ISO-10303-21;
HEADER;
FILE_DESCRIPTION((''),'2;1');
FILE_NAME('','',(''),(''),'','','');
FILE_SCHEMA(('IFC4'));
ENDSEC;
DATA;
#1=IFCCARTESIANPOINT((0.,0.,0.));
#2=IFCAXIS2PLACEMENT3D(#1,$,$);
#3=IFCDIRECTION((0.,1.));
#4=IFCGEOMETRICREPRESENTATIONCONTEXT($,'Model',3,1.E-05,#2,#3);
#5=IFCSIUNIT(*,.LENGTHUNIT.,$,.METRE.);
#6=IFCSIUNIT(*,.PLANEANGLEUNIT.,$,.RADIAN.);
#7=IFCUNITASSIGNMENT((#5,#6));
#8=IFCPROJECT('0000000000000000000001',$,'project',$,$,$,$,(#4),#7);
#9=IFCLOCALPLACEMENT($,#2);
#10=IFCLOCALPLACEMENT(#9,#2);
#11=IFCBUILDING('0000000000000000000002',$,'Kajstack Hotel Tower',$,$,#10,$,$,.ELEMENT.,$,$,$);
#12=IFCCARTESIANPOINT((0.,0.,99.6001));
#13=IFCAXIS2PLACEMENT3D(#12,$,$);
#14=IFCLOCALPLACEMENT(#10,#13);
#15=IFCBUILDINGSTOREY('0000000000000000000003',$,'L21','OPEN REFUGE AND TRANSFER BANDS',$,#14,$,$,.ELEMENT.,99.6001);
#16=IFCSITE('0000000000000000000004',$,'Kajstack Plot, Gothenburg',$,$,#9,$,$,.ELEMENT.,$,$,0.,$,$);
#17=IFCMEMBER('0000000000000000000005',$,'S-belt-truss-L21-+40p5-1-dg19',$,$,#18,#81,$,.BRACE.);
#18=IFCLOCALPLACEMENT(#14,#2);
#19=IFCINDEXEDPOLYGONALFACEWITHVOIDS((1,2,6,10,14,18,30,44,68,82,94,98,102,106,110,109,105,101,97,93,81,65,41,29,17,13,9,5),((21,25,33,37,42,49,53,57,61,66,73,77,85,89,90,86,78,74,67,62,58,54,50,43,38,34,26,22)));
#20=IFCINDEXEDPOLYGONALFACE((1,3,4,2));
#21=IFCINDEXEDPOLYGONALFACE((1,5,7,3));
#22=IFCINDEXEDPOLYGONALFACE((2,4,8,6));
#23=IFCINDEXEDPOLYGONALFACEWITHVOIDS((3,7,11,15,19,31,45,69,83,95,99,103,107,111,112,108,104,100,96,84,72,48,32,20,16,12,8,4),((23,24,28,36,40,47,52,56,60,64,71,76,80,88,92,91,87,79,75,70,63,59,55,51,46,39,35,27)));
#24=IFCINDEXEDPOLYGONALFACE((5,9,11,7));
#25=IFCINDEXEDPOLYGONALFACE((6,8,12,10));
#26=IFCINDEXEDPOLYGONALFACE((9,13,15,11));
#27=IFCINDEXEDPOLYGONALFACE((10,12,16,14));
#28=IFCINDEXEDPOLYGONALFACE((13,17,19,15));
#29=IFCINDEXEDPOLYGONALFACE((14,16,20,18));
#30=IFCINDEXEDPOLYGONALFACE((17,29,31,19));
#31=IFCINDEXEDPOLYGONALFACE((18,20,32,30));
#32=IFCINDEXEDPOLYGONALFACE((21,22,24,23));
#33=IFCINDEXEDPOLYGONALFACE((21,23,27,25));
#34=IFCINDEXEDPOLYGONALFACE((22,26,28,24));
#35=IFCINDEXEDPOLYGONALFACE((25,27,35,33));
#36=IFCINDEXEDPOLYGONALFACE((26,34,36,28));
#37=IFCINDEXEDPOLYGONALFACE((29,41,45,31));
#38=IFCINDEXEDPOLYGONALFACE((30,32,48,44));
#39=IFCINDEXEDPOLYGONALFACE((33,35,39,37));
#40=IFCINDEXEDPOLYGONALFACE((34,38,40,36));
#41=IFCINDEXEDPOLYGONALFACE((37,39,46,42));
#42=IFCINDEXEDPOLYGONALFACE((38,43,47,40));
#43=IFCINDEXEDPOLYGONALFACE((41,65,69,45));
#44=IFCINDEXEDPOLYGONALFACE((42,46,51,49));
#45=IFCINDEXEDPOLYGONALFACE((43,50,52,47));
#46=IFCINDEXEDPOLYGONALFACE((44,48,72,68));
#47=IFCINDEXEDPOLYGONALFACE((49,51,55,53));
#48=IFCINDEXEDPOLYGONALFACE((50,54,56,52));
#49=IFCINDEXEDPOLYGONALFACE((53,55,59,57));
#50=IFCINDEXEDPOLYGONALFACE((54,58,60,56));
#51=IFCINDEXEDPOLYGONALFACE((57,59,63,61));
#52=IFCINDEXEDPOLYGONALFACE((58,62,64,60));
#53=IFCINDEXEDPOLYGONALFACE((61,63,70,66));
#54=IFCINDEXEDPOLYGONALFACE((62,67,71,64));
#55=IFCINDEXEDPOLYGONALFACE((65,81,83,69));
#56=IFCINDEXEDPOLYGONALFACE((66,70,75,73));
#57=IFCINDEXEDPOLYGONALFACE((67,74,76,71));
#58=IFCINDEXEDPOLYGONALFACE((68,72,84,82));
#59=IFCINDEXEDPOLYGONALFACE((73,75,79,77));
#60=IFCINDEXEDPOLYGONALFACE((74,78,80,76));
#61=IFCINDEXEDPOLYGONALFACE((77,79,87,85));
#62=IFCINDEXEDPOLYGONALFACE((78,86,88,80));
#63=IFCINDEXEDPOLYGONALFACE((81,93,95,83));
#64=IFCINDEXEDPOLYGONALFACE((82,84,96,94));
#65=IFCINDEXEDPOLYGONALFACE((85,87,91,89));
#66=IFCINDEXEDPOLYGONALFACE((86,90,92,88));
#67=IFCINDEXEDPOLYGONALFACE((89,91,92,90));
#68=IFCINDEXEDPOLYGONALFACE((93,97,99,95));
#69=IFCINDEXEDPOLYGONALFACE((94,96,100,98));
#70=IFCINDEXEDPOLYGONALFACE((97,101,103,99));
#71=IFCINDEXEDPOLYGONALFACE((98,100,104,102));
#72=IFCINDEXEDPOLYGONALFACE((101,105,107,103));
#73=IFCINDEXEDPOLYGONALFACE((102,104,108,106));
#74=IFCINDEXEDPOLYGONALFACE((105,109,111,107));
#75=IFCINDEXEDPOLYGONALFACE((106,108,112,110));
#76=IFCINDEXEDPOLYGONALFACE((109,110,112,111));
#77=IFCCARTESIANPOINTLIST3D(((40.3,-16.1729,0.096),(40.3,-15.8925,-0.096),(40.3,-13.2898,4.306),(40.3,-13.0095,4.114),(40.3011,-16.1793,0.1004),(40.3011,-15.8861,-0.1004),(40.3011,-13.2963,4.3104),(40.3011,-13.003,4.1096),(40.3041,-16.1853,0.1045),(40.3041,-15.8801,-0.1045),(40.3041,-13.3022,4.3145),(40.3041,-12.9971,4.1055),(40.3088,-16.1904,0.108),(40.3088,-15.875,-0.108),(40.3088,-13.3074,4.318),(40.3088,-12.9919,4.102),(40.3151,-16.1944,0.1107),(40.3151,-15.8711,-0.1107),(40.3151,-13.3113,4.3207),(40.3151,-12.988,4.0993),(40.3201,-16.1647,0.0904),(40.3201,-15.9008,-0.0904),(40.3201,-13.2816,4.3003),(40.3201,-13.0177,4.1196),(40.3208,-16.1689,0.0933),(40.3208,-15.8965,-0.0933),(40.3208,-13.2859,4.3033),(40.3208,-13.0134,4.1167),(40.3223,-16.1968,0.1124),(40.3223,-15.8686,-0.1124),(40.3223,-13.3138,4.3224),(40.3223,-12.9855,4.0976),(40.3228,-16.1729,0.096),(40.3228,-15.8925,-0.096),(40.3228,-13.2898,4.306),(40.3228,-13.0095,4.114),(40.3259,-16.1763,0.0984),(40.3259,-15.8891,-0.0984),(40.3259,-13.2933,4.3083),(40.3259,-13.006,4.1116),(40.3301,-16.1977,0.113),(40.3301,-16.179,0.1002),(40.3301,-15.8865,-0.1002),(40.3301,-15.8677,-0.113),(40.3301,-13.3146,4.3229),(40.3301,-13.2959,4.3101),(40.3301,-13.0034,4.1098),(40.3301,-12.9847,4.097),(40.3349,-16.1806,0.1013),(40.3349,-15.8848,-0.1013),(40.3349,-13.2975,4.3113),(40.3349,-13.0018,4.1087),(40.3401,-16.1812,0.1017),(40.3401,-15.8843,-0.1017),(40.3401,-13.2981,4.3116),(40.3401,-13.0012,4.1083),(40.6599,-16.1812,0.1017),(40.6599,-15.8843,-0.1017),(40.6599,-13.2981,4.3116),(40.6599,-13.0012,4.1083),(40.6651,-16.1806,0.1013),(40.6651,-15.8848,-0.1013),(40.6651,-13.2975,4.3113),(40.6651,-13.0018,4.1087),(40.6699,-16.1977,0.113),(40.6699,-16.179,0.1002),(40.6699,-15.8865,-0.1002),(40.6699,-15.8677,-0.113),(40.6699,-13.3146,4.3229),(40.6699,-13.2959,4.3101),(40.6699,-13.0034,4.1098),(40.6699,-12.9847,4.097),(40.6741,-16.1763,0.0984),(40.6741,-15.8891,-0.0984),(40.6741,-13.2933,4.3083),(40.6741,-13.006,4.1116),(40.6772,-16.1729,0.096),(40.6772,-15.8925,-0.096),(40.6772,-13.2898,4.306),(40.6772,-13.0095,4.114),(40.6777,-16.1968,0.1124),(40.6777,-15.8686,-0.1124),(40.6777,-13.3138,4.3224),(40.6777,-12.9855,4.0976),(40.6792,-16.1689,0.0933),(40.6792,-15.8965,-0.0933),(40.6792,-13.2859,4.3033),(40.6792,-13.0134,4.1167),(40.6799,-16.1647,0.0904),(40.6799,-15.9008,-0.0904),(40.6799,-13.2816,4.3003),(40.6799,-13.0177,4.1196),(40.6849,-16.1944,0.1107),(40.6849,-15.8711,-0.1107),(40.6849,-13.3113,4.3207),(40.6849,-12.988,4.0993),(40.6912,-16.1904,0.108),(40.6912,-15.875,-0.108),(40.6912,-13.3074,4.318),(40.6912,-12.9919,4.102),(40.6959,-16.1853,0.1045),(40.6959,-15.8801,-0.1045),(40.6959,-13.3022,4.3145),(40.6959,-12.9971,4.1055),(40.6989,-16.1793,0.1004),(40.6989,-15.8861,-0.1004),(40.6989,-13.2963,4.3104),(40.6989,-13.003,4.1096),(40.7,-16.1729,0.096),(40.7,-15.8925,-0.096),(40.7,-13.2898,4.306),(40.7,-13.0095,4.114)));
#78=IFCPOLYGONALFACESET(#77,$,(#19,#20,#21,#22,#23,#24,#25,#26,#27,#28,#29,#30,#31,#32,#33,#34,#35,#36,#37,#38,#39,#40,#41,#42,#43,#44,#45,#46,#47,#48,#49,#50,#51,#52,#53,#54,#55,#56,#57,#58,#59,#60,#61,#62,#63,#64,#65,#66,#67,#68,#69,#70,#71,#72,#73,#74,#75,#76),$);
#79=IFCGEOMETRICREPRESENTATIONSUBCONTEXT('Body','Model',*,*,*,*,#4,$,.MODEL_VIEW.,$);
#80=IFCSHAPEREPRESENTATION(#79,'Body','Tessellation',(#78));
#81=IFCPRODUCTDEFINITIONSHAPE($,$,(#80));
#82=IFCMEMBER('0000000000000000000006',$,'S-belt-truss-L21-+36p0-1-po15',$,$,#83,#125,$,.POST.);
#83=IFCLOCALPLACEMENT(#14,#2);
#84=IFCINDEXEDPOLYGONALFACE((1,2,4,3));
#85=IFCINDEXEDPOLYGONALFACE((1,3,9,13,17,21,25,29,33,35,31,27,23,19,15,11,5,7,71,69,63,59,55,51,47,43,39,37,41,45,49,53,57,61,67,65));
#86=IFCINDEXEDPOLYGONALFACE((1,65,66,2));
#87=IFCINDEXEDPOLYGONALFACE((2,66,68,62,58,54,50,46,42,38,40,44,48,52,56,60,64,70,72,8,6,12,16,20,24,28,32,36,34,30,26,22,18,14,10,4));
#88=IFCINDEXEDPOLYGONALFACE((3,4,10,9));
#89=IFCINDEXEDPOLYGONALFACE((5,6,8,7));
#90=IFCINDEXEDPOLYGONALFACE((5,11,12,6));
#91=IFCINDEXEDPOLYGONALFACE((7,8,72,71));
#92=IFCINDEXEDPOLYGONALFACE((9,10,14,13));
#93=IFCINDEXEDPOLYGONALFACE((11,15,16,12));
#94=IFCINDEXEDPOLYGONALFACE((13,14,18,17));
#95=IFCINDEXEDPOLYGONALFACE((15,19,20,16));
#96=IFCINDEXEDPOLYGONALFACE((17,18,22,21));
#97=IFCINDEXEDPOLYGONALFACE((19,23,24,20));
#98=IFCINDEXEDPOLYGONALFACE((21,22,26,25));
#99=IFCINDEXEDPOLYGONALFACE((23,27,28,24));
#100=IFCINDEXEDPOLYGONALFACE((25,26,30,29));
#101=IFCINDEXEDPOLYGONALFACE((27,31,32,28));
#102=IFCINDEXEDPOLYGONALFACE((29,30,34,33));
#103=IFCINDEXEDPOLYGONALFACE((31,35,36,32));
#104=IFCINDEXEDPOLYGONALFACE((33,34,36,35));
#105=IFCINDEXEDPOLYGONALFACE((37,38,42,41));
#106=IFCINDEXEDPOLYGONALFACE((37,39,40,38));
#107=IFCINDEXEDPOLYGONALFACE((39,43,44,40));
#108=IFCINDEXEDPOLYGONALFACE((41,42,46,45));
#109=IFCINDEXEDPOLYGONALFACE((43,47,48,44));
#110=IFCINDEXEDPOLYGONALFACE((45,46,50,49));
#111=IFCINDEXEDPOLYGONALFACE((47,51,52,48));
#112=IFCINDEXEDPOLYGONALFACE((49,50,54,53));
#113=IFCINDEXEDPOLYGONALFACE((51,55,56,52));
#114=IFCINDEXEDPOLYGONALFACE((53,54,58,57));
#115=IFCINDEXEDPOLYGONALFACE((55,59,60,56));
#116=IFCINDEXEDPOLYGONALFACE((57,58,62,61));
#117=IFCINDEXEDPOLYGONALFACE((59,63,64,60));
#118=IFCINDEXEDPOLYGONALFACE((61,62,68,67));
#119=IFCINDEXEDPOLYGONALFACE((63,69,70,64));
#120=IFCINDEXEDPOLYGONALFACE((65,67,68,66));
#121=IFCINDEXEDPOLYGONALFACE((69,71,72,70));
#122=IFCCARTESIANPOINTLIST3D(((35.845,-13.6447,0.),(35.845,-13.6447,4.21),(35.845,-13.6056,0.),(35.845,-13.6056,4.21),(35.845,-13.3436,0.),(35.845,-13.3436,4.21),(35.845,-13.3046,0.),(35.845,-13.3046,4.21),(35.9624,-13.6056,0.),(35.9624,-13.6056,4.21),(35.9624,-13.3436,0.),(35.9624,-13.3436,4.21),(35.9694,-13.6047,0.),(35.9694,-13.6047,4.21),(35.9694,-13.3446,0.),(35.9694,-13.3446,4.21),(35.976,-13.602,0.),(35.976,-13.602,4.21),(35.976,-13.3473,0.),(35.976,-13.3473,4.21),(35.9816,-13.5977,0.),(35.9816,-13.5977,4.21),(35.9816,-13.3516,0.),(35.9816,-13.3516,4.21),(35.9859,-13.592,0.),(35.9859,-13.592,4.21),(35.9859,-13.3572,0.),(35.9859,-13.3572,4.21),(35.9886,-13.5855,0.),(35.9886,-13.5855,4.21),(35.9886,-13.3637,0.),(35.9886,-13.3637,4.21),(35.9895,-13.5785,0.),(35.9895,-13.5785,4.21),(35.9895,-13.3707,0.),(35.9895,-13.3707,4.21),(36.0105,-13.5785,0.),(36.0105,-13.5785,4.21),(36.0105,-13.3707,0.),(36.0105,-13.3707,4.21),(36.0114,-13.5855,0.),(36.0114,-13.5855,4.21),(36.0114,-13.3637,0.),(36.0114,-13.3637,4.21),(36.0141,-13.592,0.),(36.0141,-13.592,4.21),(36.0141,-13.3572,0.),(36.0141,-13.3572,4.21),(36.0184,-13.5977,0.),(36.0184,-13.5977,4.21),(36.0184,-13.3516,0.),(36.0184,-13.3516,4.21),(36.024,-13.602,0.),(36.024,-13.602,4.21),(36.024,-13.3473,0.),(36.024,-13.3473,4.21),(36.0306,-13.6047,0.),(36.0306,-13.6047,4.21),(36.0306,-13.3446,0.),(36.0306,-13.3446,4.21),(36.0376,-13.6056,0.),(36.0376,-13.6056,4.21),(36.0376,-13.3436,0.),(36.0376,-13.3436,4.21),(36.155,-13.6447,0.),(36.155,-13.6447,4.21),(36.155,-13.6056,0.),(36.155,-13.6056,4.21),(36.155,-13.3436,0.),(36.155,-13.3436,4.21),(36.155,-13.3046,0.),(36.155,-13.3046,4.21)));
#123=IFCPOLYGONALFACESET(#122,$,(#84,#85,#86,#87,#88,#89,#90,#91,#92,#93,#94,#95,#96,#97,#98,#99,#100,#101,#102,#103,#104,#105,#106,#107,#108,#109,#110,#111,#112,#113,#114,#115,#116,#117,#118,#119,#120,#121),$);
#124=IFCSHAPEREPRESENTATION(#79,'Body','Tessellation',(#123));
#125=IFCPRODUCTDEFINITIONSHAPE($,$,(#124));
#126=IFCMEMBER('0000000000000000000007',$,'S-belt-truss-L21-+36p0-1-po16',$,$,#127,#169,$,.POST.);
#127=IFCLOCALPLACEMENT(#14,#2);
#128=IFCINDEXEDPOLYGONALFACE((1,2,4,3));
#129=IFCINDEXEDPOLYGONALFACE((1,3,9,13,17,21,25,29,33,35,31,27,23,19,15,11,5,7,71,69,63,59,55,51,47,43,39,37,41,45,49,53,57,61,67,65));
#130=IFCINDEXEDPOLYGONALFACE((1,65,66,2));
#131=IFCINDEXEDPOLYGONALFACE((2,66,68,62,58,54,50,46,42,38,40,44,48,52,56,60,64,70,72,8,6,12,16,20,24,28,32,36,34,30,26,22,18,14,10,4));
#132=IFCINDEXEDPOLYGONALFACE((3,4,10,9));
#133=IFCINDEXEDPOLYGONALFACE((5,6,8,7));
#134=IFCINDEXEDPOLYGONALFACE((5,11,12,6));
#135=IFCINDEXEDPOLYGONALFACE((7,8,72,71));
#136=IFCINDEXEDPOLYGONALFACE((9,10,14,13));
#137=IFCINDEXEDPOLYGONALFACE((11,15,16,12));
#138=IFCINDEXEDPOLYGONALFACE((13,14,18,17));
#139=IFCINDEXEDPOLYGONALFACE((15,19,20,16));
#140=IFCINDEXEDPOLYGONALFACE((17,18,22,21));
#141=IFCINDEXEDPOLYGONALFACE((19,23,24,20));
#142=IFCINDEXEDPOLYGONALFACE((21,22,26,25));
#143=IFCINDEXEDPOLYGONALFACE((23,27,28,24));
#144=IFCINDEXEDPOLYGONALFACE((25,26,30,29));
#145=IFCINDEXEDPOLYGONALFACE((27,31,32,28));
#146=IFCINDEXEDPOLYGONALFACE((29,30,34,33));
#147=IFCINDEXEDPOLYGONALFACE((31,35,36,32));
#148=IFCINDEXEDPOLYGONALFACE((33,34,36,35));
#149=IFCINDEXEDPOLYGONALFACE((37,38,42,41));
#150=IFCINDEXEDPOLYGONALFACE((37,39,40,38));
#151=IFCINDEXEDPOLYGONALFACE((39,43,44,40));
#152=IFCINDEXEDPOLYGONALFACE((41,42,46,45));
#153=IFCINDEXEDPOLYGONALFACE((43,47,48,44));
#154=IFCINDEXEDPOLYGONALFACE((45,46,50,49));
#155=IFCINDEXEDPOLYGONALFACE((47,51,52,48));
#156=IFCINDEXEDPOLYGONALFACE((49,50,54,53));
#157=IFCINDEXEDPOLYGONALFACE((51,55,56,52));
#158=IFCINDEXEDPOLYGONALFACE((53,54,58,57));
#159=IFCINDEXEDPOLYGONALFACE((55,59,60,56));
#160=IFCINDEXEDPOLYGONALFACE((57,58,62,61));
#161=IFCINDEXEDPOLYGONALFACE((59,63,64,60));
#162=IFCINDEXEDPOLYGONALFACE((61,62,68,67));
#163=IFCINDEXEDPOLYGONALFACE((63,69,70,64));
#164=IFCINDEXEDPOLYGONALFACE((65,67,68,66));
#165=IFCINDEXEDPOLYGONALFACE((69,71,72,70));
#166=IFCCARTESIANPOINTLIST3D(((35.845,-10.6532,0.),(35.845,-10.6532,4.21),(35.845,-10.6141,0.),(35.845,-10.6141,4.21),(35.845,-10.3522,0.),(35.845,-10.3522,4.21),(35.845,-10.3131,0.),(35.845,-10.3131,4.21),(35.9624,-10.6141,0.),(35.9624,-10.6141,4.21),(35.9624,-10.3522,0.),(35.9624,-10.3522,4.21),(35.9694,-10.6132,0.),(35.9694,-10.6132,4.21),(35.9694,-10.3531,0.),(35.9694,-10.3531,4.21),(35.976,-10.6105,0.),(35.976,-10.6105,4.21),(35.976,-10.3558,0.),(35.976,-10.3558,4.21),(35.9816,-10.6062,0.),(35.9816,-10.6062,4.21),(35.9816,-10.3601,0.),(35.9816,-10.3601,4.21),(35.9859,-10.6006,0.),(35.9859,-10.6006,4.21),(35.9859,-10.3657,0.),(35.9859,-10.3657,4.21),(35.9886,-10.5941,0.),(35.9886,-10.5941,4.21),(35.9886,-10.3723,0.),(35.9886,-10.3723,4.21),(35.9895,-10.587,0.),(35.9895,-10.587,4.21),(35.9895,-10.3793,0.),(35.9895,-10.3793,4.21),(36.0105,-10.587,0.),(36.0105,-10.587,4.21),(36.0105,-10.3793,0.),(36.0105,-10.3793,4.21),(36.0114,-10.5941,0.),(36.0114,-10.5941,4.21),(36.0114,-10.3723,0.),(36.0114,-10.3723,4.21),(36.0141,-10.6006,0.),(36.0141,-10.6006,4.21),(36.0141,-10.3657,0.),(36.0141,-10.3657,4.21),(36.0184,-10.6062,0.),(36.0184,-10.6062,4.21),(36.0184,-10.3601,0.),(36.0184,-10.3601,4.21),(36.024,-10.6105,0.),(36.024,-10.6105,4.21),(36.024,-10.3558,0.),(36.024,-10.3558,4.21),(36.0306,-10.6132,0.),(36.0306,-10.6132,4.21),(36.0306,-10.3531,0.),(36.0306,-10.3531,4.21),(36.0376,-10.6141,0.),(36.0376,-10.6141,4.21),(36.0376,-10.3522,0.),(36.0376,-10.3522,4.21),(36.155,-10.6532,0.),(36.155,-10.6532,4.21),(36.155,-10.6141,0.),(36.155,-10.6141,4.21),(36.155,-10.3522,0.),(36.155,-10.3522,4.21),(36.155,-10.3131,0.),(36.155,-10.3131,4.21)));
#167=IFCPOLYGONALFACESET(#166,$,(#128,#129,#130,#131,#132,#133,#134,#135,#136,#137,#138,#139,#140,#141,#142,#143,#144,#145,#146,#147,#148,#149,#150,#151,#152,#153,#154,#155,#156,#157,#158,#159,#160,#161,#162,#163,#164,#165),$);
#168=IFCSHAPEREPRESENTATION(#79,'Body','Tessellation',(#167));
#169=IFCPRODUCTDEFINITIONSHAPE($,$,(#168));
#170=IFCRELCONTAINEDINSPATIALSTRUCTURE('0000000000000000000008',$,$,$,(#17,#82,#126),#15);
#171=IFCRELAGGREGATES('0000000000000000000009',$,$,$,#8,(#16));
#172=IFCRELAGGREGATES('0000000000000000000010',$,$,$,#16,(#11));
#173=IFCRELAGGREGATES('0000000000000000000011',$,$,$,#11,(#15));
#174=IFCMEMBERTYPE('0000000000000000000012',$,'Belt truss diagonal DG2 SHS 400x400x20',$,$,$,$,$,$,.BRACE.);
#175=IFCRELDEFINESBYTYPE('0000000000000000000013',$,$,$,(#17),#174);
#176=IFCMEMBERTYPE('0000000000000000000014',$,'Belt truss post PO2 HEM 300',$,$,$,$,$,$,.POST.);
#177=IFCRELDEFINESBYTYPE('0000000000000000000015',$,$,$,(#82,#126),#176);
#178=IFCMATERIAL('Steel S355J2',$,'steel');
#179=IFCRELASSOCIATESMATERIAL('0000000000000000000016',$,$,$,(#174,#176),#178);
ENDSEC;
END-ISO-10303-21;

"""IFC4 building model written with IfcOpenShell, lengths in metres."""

from ifc_helpers import new_model, si_unit, direction, frame, origin, origin_2d, place, context, subcontext, project, spatial, hollow_rectangle, i_section, extrude, material, material_profile, profile_set, type_object, element, save


model = new_model("IFC4")

# Units and contexts
model_context = context("Model", 3, precision=1e-05, world=origin(), true_north=direction((0.0, 1.0)))
body_context = subcontext(model_context, "Body", "Model", "MODEL_VIEW")
ifc_project = project(units=[si_unit("LENGTHUNIT", "METRE"), si_unit("PLANEANGLEUNIT", "RADIAN")], contexts=[model_context])

# Site, building, storey
site_placement = place(None, origin())
site = spatial("IfcSite", under=ifc_project, at=site_placement, Name="Kajstack Plot, Gothenburg", CompositionType="ELEMENT", RefElevation=0.0)
building_placement = place(site_placement, origin())
building = spatial("IfcBuilding", under=site, at=building_placement, Name="Kajstack Hotel Tower", CompositionType="ELEMENT")
storey_placement = place(building_placement, frame((0.0, 0.0, 99.6001)))
storey = spatial("IfcBuildingStorey", under=building, at=storey_placement, Name="L21", Description="OPEN REFUGE AND TRANSFER BANDS", CompositionType="ELEMENT", Elevation=99.6001)

# Members
ifc_material = material(Name="Steel S355J2", Category="steel")
ifc_material_profile_1 = material_profile(ifc_material, hollow_rectangle(XDim=0.3999, YDim=0.3999, WallThickness=0.02, InnerFilletRadius=0.02, OuterFilletRadius=0.03, at=origin_2d()), Name="SHS 400x400x20")
ifc_profile_set_1 = profile_set([ifc_material_profile_1], Name="Steel S355J2")
member_type_1 = type_object("IfcMemberType", Name="Belt truss diagonal DG2 SHS 400x400x20", PredefinedType="BRACE", material=ifc_profile_set_1)
member_1_placement = place(storey_placement, frame((40.5, -16.0327, 0.0), z_axis=(0.0, 0.565025, 0.825074), x_axis=(-1.0, 0.0, 0.0)))
element("IfcMember", 1, at=member_1_placement, inside=storey, type_object=member_type_1, Name="S-belt-truss-L21-+40p5-1-dg19", PredefinedType="BRACE", context=body_context, shape_type="SweptSolid", body=[
    extrude(hollow_rectangle(XDim=0.3999, YDim=0.3999, WallThickness=0.02, InnerFilletRadius=0.02, OuterFilletRadius=0.03, at=origin_2d()), origin(), (0.0, 0.0, 1.0), 5.1025),
])
ifc_material_profile_2 = material_profile(ifc_material, i_section(OverallWidth=0.3101, OverallDepth=0.3401, WebThickness=0.021, FlangeThickness=0.0391, FilletRadius=0.0271, at=origin_2d()), Name="HEM 300")
ifc_profile_set_2 = profile_set([ifc_material_profile_2], Name="Steel S355J2")
member_type_2 = type_object("IfcMemberType", Name="Belt truss post PO2 HEM 300", PredefinedType="POST", material=ifc_profile_set_2)
for number, where, z_axis, x_axis, name in (
    (2, (36.0, -13.4746, 0.0), (0.0, 0.0, 1.0), (1.0, 0.0, 0.0), "S-belt-truss-L21-+36p0-1-po15"),
    (3, (36.0, -10.4832, 0.0), (0.0, 0.0, 1.0), (1.0, 0.0, 0.0), "S-belt-truss-L21-+36p0-1-po16"),
):
    element("IfcMember", number, at=place(storey_placement, frame(where, z_axis=z_axis, x_axis=x_axis)), inside=storey, type_object=member_type_2, Name=name, PredefinedType="POST", context=body_context, shape_type="SweptSolid", body=[
        extrude(i_section(OverallWidth=0.3101, OverallDepth=0.3401, WebThickness=0.021, FlangeThickness=0.0391, FilletRadius=0.0271, at=origin_2d()), origin(), (0.0, 0.0, 1.0), 4.21),
    ])

save(model, "model.ifc")
